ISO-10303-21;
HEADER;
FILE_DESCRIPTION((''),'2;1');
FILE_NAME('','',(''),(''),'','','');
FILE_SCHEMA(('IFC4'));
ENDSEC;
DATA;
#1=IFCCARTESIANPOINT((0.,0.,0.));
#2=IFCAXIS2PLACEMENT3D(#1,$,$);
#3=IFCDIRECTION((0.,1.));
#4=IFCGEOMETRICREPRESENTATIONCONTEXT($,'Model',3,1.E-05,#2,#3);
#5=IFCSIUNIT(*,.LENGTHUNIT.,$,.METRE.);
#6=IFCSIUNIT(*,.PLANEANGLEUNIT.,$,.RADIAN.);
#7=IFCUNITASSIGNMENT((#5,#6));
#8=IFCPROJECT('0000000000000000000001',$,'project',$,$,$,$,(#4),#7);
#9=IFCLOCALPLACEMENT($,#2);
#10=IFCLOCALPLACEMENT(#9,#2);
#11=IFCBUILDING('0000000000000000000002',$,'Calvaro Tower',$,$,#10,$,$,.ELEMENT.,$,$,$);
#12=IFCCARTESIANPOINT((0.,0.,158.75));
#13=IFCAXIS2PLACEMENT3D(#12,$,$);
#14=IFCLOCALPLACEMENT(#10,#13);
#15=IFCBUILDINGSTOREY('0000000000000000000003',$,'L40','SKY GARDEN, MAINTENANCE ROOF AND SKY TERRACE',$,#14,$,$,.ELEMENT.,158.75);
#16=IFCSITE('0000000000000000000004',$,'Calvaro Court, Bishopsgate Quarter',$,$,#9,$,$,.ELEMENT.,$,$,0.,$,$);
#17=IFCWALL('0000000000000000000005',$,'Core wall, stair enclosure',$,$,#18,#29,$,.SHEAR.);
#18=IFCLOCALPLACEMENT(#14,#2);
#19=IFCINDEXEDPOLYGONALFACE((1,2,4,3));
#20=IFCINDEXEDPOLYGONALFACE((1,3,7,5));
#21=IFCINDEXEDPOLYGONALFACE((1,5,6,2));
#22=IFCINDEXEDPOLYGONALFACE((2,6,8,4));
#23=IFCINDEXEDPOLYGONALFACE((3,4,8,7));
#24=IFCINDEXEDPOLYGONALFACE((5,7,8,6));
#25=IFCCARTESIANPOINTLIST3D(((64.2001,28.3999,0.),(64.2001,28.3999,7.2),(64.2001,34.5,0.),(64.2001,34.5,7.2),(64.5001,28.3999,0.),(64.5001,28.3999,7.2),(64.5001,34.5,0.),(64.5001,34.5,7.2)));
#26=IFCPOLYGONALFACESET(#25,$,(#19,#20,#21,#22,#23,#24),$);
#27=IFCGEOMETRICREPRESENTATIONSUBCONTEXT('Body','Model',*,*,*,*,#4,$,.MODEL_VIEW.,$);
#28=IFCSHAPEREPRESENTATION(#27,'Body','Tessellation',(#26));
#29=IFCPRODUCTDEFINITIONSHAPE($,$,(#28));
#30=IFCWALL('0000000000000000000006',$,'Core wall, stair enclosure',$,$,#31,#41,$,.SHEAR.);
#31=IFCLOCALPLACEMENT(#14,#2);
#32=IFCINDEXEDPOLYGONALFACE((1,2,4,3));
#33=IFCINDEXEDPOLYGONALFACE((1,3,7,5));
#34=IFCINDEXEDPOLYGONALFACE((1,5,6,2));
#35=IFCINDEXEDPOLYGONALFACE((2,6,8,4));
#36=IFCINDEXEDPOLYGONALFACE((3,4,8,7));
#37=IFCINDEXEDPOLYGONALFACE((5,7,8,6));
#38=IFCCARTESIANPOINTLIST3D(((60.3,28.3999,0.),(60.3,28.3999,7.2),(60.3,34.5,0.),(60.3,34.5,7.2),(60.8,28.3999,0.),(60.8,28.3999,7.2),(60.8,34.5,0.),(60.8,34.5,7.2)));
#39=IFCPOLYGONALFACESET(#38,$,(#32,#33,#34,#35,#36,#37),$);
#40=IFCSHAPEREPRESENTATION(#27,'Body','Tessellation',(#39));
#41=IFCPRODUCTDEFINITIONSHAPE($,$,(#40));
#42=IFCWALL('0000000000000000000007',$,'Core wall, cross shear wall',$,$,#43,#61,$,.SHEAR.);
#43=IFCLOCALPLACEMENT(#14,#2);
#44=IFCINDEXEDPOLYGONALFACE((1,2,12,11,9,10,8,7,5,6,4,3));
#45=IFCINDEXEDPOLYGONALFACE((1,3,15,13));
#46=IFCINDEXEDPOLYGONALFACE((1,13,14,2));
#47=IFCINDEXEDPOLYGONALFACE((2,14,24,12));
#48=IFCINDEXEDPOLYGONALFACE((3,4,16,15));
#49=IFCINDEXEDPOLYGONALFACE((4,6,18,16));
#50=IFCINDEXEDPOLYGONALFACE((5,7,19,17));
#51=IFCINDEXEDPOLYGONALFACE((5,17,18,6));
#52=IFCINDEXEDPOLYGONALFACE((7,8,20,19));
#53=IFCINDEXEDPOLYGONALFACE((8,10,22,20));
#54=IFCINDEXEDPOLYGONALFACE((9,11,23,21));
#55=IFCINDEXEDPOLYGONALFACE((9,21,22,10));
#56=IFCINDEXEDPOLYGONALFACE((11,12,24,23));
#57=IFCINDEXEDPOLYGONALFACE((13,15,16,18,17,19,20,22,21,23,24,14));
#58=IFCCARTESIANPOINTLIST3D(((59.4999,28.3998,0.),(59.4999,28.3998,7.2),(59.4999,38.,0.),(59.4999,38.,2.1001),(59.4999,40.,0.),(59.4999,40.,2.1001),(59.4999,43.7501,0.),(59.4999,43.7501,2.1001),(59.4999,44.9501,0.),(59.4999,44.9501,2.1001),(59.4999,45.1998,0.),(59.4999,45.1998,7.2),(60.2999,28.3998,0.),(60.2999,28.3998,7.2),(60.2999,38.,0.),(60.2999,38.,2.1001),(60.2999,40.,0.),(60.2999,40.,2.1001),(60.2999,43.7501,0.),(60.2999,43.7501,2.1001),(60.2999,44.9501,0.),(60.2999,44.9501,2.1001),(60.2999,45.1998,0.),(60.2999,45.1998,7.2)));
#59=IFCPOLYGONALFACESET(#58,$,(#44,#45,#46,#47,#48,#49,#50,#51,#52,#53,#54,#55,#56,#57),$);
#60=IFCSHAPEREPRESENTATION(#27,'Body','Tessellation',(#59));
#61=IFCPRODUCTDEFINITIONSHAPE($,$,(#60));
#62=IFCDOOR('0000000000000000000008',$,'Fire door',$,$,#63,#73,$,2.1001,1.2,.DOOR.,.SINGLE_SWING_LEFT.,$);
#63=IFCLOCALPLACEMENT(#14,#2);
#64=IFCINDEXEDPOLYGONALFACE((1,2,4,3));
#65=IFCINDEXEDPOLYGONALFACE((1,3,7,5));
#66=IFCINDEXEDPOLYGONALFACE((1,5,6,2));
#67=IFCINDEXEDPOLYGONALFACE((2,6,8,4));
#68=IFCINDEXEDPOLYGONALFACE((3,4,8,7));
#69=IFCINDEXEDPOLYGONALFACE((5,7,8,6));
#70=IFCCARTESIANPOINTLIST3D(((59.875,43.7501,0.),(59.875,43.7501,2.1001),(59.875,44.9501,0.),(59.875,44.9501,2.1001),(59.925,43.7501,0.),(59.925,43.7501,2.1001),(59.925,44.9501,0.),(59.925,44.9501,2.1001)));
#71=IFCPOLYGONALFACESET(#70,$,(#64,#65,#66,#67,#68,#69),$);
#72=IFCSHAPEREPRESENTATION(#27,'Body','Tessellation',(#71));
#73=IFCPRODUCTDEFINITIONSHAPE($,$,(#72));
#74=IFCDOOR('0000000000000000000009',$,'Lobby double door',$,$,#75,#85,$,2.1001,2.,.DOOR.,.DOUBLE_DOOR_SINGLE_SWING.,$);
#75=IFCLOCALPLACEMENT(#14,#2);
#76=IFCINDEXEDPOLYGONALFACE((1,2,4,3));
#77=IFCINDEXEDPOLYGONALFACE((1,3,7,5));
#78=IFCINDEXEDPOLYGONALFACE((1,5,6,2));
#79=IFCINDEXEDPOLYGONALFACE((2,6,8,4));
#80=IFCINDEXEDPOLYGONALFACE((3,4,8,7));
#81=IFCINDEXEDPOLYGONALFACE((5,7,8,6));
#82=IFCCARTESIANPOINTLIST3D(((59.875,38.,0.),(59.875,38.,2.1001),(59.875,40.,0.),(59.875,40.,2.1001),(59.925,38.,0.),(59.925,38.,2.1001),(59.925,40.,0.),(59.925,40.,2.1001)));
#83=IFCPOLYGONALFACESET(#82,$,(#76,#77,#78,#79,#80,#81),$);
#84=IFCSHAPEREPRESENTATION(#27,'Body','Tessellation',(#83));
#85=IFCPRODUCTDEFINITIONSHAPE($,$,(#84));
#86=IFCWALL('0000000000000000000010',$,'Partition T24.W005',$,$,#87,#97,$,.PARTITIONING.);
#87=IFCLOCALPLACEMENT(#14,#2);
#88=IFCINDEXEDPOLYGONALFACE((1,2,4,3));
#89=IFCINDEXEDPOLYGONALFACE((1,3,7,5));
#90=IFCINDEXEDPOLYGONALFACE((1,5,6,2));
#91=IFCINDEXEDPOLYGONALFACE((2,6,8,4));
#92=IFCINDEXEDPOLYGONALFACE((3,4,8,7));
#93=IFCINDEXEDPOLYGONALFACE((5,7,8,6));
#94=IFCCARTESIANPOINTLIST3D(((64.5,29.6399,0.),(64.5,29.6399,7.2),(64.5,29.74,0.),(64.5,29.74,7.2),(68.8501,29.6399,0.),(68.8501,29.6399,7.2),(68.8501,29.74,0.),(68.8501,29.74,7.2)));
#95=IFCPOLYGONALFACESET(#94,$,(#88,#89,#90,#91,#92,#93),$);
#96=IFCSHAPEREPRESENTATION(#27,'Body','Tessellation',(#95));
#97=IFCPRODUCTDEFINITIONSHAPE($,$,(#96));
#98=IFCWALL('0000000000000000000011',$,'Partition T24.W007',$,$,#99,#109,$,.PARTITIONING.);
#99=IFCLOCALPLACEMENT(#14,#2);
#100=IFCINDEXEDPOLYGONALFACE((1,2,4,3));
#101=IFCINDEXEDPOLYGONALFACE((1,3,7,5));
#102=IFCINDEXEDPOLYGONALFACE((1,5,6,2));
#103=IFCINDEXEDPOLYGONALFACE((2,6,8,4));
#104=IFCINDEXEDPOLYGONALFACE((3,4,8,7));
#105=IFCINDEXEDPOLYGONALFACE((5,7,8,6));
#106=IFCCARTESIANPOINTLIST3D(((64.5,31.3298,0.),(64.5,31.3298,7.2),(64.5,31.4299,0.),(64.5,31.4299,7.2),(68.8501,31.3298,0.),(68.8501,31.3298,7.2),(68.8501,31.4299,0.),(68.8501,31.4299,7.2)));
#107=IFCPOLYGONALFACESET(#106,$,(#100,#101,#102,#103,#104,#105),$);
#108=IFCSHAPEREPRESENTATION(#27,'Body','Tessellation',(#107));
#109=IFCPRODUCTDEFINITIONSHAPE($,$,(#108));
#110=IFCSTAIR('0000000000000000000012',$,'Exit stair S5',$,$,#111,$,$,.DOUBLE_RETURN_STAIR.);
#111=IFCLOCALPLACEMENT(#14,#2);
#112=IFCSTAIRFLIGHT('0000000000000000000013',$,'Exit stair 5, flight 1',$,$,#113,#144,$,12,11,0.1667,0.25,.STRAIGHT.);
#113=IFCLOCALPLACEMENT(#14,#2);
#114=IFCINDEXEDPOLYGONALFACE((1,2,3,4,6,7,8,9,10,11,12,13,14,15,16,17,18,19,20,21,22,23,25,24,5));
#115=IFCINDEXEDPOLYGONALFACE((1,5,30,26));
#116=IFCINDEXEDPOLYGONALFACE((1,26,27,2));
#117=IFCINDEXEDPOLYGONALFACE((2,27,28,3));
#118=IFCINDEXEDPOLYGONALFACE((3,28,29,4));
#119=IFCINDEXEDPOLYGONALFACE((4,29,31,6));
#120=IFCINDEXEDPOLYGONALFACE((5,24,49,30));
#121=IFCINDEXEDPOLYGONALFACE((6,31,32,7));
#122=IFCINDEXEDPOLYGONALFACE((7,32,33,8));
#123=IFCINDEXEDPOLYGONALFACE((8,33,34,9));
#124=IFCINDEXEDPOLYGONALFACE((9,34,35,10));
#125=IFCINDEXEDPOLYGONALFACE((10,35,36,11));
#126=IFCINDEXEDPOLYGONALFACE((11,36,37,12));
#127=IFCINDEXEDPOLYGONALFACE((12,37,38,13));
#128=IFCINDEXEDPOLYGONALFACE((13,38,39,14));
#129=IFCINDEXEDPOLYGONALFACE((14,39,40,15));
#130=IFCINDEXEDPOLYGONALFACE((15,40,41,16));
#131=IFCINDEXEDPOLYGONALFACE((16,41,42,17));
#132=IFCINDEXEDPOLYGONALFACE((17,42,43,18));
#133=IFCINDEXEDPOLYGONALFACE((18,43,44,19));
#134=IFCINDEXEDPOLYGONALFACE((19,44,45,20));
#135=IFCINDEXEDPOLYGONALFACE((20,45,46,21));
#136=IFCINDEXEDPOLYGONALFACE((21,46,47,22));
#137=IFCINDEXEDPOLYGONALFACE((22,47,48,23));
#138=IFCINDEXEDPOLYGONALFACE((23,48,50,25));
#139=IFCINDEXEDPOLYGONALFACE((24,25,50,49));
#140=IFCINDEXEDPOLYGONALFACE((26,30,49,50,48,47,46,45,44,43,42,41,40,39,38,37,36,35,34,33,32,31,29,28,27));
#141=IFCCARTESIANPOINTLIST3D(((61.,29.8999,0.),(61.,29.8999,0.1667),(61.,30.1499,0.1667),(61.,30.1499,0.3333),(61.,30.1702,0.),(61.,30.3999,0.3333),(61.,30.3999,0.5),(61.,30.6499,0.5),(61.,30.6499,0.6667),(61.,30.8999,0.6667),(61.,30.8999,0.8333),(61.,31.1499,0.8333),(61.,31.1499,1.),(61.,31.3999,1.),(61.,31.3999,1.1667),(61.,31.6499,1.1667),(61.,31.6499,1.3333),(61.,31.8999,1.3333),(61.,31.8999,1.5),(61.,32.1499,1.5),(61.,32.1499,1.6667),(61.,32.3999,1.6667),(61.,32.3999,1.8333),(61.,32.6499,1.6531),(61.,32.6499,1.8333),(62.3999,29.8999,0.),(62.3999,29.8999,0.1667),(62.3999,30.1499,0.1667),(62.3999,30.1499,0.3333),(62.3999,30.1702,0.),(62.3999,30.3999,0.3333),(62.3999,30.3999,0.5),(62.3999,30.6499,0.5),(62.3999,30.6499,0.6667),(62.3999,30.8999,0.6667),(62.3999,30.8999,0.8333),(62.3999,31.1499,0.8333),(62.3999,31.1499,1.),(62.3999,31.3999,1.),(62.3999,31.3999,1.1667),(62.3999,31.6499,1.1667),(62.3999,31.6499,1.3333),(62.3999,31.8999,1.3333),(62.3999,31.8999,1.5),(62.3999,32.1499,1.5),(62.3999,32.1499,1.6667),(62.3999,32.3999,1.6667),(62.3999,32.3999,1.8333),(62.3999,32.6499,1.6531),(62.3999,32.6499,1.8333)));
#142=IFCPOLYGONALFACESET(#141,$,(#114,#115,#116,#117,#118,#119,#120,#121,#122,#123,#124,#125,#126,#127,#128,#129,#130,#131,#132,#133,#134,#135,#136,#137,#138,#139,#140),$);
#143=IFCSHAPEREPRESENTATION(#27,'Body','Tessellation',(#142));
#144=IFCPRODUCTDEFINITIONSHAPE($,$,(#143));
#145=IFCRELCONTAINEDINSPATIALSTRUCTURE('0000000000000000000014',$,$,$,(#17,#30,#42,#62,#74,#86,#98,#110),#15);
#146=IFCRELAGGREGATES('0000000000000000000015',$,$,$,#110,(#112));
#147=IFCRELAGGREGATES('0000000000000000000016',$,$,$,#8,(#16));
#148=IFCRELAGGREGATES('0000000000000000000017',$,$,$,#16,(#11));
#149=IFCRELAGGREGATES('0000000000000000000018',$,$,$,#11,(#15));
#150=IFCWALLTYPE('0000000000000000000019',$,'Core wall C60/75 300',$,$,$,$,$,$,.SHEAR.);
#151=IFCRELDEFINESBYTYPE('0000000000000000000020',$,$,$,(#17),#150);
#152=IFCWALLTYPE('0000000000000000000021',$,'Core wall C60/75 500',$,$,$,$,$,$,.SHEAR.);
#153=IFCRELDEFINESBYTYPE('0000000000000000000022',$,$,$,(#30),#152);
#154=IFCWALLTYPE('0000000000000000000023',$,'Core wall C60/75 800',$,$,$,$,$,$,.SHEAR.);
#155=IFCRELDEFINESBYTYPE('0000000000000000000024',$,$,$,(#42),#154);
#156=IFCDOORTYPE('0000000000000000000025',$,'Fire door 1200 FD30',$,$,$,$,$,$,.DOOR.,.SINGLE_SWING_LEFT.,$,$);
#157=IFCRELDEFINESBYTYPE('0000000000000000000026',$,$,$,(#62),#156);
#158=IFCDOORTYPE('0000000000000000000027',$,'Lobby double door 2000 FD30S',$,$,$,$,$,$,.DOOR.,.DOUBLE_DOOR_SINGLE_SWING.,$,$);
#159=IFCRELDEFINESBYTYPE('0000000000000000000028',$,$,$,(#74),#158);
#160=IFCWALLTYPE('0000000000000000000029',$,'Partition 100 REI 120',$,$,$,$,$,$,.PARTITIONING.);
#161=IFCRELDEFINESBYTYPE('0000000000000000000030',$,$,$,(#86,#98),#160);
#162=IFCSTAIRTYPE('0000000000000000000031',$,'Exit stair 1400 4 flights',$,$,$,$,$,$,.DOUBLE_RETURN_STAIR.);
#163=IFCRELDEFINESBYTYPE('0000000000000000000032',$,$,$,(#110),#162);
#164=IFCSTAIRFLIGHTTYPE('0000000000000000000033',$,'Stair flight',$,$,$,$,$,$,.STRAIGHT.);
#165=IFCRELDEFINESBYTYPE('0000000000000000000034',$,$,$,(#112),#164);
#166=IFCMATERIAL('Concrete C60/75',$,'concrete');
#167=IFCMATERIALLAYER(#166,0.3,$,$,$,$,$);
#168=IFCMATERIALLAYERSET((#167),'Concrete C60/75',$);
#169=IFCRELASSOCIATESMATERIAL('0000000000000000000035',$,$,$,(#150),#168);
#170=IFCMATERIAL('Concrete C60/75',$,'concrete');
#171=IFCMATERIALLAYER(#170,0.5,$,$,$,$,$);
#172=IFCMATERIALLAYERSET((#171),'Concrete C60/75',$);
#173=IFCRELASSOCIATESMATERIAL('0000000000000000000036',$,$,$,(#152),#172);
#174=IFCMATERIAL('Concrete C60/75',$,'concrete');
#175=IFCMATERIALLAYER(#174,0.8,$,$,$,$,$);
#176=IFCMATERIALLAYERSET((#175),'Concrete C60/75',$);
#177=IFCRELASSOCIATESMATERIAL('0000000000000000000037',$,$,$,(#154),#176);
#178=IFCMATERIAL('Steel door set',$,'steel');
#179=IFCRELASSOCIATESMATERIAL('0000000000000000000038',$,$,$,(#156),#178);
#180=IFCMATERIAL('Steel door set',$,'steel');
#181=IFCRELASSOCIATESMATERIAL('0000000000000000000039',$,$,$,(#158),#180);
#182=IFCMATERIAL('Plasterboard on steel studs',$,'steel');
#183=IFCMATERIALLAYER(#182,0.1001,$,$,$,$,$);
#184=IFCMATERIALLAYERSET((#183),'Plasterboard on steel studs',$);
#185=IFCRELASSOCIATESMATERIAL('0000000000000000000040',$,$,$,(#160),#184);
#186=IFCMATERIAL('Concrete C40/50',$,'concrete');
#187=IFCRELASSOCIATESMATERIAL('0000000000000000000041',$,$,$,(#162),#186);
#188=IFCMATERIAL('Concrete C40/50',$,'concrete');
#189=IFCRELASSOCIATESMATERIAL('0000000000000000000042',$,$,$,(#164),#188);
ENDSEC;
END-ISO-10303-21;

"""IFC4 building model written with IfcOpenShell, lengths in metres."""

from ifc_helpers import new_model, si_unit, direction, frame, frame_2d, origin, place, context, subcontext, project, spatial, polyline, rectangle, outline, extrude, material, layer, layer_set, type_object, element, fill, aggregate, save


model = new_model("IFC4")

# Units and contexts
model_context = context("Model", 3, precision=1e-05, world=origin(), true_north=direction((0.0, 1.0)))
body_context = subcontext(model_context, "Body", "Model", "MODEL_VIEW")
ifc_project = project(units=[si_unit("LENGTHUNIT", "METRE"), si_unit("PLANEANGLEUNIT", "RADIAN")], contexts=[model_context])

# Site, building, storey
site_placement = place(None, origin())
site = spatial("IfcSite", under=ifc_project, at=site_placement, Name="Calvaro Court, Bishopsgate Quarter", CompositionType="ELEMENT", RefElevation=0.0)
building_placement = place(site_placement, origin())
building = spatial("IfcBuilding", under=site, at=building_placement, Name="Calvaro Tower", CompositionType="ELEMENT")
storey_placement = place(building_placement, frame((0.0, 0.0, 158.75)))
storey = spatial("IfcBuildingStorey", under=building, at=storey_placement, Name="L40", Description="SKY GARDEN, MAINTENANCE ROOF AND SKY TERRACE", CompositionType="ELEMENT", Elevation=158.75)

# Walls
ifc_material_1 = material(Name="Concrete C60/75", Category="concrete")
ifc_layer_1 = layer(ifc_material_1, 0.3)
ifc_layer_set_1 = layer_set([ifc_layer_1], Name="Concrete C60/75")
wall_type_1 = type_object("IfcWallType", Name="Core wall C60/75 300", PredefinedType="SHEAR", material=ifc_layer_set_1)
wall_1_placement = place(storey_placement, frame((64.3501, 28.3999, 0.0), z_axis=(0.0, 0.0, 1.0), x_axis=(0.0, 1.0, 0.0)))
element("IfcWall", 1, at=wall_1_placement, inside=storey, type_object=wall_type_1, Name="Core wall, stair enclosure", PredefinedType="SHEAR", context=body_context, shape_type="SweptSolid", body=[
    extrude(rectangle(XDim=6.1001, YDim=0.3, at=frame_2d((3.05, 0.0))), origin(), (0.0, 0.0, 1.0), 7.2),
])
ifc_material_2 = material(Name="Concrete C60/75", Category="concrete")
ifc_layer_2 = layer(ifc_material_2, 0.5)
ifc_layer_set_2 = layer_set([ifc_layer_2], Name="Concrete C60/75")
wall_type_2 = type_object("IfcWallType", Name="Core wall C60/75 500", PredefinedType="SHEAR", material=ifc_layer_set_2)
wall_2_placement = place(storey_placement, frame((60.55, 28.3999, 0.0), z_axis=(0.0, 0.0, 1.0), x_axis=(0.0, 1.0, 0.0)))
element("IfcWall", 2, at=wall_2_placement, inside=storey, type_object=wall_type_2, Name="Core wall, stair enclosure", PredefinedType="SHEAR", context=body_context, shape_type="SweptSolid", body=[
    extrude(rectangle(XDim=6.1001, YDim=0.5, at=frame_2d((3.05, 0.0))), origin(), (0.0, 0.0, 1.0), 7.2),
])

# Wall, openings, doors
ifc_material_3 = material(Name="Concrete C60/75", Category="concrete")
ifc_layer_3 = layer(ifc_material_3, 0.8)
ifc_layer_set_3 = layer_set([ifc_layer_3], Name="Concrete C60/75")
wall_type_3 = type_object("IfcWallType", Name="Core wall C60/75 800", PredefinedType="SHEAR", material=ifc_layer_set_3)
wall_3_placement = place(storey_placement, frame((59.8999, 28.3999, 0.0), z_axis=(0.0, 0.0, 1.0), x_axis=(0.0, 1.0, 0.0)))
wall_3 = element("IfcWall", 3, at=wall_3_placement, inside=storey, type_object=wall_type_3, Name="Core wall, cross shear wall", PredefinedType="SHEAR", context=body_context, shape_type="SweptSolid", body=[
    extrude(rectangle(XDim=16.8, YDim=0.8, at=frame_2d((8.3999, 0.0))), origin(), (0.0, 0.0, 1.0), 7.2),
])
opening_1_placement = place(wall_3_placement, frame((9.6001, 0.0, 0.0)))
opening_1 = element("IfcOpeningElement", 4, at=opening_1_placement, cuts=wall_3, PredefinedType="OPENING", context=body_context, shape_type="SweptSolid", body=[
    extrude(rectangle(XDim=2.0, YDim=2.1001, at=frame_2d((1.0, 1.05))), frame((0.0, 0.4099, 0.0), z_axis=(0.0, -1.0, 0.0), x_axis=(1.0, 0.0, 0.0)), (0.0, 0.0, 1.0), 0.8201),
])
opening_2_placement = place(wall_3_placement, frame((15.3501, 0.0, 0.0)))
opening_2 = element("IfcOpeningElement", 5, at=opening_2_placement, cuts=wall_3, PredefinedType="OPENING", context=body_context, shape_type="SweptSolid", body=[
    extrude(rectangle(XDim=1.2, YDim=2.1001, at=frame_2d((0.6001, 1.05))), frame((0.0, 0.4099, 0.0), z_axis=(0.0, -1.0, 0.0), x_axis=(1.0, 0.0, 0.0)), (0.0, 0.0, 1.0), 0.8201),
])
ifc_material_4 = material(Name="Steel door set", Category="steel")
door_type_1 = type_object("IfcDoorType", Name="Fire door 1200 FD30", OperationType="SINGLE_SWING_LEFT", PredefinedType="DOOR", material=ifc_material_4)
door_1_placement = place(opening_2_placement, origin())
door_1 = element("IfcDoor", 6, at=door_1_placement, inside=storey, type_object=door_type_1, Name="Fire door", OperationType="SINGLE_SWING_LEFT", OverallHeight=2.1001, OverallWidth=1.2, PredefinedType="DOOR", context=body_context, shape_type="SweptSolid", body=[
    extrude(rectangle(XDim=1.2, YDim=2.1001, at=frame_2d((0.6001, 1.05))), frame((0.0, 0.0249, 0.0), z_axis=(0.0, -1.0, 0.0), x_axis=(1.0, 0.0, 0.0)), (0.0, 0.0, 1.0), 0.05),
])
fill(opening_2, door_1)
ifc_material_5 = material(Name="Steel door set", Category="steel")
door_type_2 = type_object("IfcDoorType", Name="Lobby double door 2000 FD30S", OperationType="DOUBLE_DOOR_SINGLE_SWING", PredefinedType="DOOR", material=ifc_material_5)
door_2_placement = place(opening_1_placement, origin())
door_2 = element("IfcDoor", 7, at=door_2_placement, inside=storey, type_object=door_type_2, Name="Lobby double door", OperationType="DOUBLE_DOOR_SINGLE_SWING", OverallHeight=2.1001, OverallWidth=2.0, PredefinedType="DOOR", context=body_context, shape_type="SweptSolid", body=[
    extrude(rectangle(XDim=2.0, YDim=2.1001, at=frame_2d((1.0, 1.05))), frame((0.0, 0.0249, 0.0), z_axis=(0.0, -1.0, 0.0), x_axis=(1.0, 0.0, 0.0)), (0.0, 0.0, 1.0), 0.05),
])
fill(opening_1, door_2)

# Walls
ifc_material_6 = material(Name="Plasterboard on steel studs", Category="steel")
ifc_layer_4 = layer(ifc_material_6, 0.1001)
ifc_layer_set_4 = layer_set([ifc_layer_4], Name="Plasterboard on steel studs")
wall_type_4 = type_object("IfcWallType", Name="Partition 100 REI 120", PredefinedType="PARTITIONING", material=ifc_layer_set_4)
for number, where, z_axis, x_axis, name in (
    (8, (64.5, 29.6899, 0.0), (0.0, 0.0, 1.0), (1.0, 0.0, 0.0), "Partition T24.W005"),
    (9, (64.5, 31.3799, 0.0), (0.0, 0.0, 1.0), (1.0, 0.0, 0.0), "Partition T24.W007"),
):
    element("IfcWall", number, at=place(storey_placement, frame(where, z_axis=z_axis, x_axis=x_axis)), inside=storey, type_object=wall_type_4, Name=name, PredefinedType="PARTITIONING", context=body_context, shape_type="SweptSolid", body=[
        extrude(rectangle(XDim=4.3501, YDim=0.1001, at=frame_2d((2.175, 0.0))), origin(), (0.0, 0.0, 1.0), 7.2),
    ])

# Stair, stair flight
ifc_material_7 = material(Name="Concrete C40/50", Category="concrete")
stair_type = type_object("IfcStairType", Name="Exit stair 1400 4 flights", PredefinedType="DOUBLE_RETURN_STAIR", material=ifc_material_7)
stair_1_placement = place(storey_placement, origin())
stair_1 = element("IfcStair", 10, at=stair_1_placement, inside=storey, type_object=stair_type, Name="Exit stair S5", PredefinedType="DOUBLE_RETURN_STAIR")
ifc_material_8 = material(Name="Concrete C40/50", Category="concrete")
stair_flight_type = type_object("IfcStairFlightType", Name="Stair flight", PredefinedType="STRAIGHT", material=ifc_material_8)
stair_flight_1_placement = place(storey_placement, frame((61.7, 29.8999, 0.0), z_axis=(0.0, 0.0, 1.0), x_axis=(0.0, 1.0, 0.0)))
stair_flight_1 = element("IfcStairFlight", 11, at=stair_flight_1_placement, type_object=stair_flight_type, Name="Exit stair 5, flight 1", NumberOfRisers=12, NumberOfTreads=11, PredefinedType="STRAIGHT", RiserHeight=0.1667, TreadLength=0.25, context=body_context, shape_type="SweptSolid", body=[
    extrude(outline(polyline([(0.0, 0.0), (0.0, 0.1667), (0.25, 0.1667), (0.25, 0.3333), (0.5, 0.3333), (0.5, 0.5), (0.75, 0.5), (0.75, 0.6667), (1.0, 0.6667), (1.0, 0.8333), (1.25, 0.8333), (1.25, 1.0), (1.5, 1.0), (1.5, 1.1667), (1.75, 1.1667), (1.75, 1.3333), (2.0, 1.3333), (2.0, 1.5), (2.25, 1.5), (2.25, 1.6667), (2.5, 1.6667), (2.5, 1.8333), (2.75, 1.8333), (2.75, 2.0), (2.75, 1.6531), (0.2703, 0.0), (0.0, 0.0)])), frame((0.0, 0.7, 0.0), z_axis=(0.0, -1.0, 0.0), x_axis=(1.0, 0.0, 0.0)), (0.0, 0.0, 1.0), 1.3999),
])

aggregate(stair_1, [stair_flight_1])

save(model, "model.ifc")
